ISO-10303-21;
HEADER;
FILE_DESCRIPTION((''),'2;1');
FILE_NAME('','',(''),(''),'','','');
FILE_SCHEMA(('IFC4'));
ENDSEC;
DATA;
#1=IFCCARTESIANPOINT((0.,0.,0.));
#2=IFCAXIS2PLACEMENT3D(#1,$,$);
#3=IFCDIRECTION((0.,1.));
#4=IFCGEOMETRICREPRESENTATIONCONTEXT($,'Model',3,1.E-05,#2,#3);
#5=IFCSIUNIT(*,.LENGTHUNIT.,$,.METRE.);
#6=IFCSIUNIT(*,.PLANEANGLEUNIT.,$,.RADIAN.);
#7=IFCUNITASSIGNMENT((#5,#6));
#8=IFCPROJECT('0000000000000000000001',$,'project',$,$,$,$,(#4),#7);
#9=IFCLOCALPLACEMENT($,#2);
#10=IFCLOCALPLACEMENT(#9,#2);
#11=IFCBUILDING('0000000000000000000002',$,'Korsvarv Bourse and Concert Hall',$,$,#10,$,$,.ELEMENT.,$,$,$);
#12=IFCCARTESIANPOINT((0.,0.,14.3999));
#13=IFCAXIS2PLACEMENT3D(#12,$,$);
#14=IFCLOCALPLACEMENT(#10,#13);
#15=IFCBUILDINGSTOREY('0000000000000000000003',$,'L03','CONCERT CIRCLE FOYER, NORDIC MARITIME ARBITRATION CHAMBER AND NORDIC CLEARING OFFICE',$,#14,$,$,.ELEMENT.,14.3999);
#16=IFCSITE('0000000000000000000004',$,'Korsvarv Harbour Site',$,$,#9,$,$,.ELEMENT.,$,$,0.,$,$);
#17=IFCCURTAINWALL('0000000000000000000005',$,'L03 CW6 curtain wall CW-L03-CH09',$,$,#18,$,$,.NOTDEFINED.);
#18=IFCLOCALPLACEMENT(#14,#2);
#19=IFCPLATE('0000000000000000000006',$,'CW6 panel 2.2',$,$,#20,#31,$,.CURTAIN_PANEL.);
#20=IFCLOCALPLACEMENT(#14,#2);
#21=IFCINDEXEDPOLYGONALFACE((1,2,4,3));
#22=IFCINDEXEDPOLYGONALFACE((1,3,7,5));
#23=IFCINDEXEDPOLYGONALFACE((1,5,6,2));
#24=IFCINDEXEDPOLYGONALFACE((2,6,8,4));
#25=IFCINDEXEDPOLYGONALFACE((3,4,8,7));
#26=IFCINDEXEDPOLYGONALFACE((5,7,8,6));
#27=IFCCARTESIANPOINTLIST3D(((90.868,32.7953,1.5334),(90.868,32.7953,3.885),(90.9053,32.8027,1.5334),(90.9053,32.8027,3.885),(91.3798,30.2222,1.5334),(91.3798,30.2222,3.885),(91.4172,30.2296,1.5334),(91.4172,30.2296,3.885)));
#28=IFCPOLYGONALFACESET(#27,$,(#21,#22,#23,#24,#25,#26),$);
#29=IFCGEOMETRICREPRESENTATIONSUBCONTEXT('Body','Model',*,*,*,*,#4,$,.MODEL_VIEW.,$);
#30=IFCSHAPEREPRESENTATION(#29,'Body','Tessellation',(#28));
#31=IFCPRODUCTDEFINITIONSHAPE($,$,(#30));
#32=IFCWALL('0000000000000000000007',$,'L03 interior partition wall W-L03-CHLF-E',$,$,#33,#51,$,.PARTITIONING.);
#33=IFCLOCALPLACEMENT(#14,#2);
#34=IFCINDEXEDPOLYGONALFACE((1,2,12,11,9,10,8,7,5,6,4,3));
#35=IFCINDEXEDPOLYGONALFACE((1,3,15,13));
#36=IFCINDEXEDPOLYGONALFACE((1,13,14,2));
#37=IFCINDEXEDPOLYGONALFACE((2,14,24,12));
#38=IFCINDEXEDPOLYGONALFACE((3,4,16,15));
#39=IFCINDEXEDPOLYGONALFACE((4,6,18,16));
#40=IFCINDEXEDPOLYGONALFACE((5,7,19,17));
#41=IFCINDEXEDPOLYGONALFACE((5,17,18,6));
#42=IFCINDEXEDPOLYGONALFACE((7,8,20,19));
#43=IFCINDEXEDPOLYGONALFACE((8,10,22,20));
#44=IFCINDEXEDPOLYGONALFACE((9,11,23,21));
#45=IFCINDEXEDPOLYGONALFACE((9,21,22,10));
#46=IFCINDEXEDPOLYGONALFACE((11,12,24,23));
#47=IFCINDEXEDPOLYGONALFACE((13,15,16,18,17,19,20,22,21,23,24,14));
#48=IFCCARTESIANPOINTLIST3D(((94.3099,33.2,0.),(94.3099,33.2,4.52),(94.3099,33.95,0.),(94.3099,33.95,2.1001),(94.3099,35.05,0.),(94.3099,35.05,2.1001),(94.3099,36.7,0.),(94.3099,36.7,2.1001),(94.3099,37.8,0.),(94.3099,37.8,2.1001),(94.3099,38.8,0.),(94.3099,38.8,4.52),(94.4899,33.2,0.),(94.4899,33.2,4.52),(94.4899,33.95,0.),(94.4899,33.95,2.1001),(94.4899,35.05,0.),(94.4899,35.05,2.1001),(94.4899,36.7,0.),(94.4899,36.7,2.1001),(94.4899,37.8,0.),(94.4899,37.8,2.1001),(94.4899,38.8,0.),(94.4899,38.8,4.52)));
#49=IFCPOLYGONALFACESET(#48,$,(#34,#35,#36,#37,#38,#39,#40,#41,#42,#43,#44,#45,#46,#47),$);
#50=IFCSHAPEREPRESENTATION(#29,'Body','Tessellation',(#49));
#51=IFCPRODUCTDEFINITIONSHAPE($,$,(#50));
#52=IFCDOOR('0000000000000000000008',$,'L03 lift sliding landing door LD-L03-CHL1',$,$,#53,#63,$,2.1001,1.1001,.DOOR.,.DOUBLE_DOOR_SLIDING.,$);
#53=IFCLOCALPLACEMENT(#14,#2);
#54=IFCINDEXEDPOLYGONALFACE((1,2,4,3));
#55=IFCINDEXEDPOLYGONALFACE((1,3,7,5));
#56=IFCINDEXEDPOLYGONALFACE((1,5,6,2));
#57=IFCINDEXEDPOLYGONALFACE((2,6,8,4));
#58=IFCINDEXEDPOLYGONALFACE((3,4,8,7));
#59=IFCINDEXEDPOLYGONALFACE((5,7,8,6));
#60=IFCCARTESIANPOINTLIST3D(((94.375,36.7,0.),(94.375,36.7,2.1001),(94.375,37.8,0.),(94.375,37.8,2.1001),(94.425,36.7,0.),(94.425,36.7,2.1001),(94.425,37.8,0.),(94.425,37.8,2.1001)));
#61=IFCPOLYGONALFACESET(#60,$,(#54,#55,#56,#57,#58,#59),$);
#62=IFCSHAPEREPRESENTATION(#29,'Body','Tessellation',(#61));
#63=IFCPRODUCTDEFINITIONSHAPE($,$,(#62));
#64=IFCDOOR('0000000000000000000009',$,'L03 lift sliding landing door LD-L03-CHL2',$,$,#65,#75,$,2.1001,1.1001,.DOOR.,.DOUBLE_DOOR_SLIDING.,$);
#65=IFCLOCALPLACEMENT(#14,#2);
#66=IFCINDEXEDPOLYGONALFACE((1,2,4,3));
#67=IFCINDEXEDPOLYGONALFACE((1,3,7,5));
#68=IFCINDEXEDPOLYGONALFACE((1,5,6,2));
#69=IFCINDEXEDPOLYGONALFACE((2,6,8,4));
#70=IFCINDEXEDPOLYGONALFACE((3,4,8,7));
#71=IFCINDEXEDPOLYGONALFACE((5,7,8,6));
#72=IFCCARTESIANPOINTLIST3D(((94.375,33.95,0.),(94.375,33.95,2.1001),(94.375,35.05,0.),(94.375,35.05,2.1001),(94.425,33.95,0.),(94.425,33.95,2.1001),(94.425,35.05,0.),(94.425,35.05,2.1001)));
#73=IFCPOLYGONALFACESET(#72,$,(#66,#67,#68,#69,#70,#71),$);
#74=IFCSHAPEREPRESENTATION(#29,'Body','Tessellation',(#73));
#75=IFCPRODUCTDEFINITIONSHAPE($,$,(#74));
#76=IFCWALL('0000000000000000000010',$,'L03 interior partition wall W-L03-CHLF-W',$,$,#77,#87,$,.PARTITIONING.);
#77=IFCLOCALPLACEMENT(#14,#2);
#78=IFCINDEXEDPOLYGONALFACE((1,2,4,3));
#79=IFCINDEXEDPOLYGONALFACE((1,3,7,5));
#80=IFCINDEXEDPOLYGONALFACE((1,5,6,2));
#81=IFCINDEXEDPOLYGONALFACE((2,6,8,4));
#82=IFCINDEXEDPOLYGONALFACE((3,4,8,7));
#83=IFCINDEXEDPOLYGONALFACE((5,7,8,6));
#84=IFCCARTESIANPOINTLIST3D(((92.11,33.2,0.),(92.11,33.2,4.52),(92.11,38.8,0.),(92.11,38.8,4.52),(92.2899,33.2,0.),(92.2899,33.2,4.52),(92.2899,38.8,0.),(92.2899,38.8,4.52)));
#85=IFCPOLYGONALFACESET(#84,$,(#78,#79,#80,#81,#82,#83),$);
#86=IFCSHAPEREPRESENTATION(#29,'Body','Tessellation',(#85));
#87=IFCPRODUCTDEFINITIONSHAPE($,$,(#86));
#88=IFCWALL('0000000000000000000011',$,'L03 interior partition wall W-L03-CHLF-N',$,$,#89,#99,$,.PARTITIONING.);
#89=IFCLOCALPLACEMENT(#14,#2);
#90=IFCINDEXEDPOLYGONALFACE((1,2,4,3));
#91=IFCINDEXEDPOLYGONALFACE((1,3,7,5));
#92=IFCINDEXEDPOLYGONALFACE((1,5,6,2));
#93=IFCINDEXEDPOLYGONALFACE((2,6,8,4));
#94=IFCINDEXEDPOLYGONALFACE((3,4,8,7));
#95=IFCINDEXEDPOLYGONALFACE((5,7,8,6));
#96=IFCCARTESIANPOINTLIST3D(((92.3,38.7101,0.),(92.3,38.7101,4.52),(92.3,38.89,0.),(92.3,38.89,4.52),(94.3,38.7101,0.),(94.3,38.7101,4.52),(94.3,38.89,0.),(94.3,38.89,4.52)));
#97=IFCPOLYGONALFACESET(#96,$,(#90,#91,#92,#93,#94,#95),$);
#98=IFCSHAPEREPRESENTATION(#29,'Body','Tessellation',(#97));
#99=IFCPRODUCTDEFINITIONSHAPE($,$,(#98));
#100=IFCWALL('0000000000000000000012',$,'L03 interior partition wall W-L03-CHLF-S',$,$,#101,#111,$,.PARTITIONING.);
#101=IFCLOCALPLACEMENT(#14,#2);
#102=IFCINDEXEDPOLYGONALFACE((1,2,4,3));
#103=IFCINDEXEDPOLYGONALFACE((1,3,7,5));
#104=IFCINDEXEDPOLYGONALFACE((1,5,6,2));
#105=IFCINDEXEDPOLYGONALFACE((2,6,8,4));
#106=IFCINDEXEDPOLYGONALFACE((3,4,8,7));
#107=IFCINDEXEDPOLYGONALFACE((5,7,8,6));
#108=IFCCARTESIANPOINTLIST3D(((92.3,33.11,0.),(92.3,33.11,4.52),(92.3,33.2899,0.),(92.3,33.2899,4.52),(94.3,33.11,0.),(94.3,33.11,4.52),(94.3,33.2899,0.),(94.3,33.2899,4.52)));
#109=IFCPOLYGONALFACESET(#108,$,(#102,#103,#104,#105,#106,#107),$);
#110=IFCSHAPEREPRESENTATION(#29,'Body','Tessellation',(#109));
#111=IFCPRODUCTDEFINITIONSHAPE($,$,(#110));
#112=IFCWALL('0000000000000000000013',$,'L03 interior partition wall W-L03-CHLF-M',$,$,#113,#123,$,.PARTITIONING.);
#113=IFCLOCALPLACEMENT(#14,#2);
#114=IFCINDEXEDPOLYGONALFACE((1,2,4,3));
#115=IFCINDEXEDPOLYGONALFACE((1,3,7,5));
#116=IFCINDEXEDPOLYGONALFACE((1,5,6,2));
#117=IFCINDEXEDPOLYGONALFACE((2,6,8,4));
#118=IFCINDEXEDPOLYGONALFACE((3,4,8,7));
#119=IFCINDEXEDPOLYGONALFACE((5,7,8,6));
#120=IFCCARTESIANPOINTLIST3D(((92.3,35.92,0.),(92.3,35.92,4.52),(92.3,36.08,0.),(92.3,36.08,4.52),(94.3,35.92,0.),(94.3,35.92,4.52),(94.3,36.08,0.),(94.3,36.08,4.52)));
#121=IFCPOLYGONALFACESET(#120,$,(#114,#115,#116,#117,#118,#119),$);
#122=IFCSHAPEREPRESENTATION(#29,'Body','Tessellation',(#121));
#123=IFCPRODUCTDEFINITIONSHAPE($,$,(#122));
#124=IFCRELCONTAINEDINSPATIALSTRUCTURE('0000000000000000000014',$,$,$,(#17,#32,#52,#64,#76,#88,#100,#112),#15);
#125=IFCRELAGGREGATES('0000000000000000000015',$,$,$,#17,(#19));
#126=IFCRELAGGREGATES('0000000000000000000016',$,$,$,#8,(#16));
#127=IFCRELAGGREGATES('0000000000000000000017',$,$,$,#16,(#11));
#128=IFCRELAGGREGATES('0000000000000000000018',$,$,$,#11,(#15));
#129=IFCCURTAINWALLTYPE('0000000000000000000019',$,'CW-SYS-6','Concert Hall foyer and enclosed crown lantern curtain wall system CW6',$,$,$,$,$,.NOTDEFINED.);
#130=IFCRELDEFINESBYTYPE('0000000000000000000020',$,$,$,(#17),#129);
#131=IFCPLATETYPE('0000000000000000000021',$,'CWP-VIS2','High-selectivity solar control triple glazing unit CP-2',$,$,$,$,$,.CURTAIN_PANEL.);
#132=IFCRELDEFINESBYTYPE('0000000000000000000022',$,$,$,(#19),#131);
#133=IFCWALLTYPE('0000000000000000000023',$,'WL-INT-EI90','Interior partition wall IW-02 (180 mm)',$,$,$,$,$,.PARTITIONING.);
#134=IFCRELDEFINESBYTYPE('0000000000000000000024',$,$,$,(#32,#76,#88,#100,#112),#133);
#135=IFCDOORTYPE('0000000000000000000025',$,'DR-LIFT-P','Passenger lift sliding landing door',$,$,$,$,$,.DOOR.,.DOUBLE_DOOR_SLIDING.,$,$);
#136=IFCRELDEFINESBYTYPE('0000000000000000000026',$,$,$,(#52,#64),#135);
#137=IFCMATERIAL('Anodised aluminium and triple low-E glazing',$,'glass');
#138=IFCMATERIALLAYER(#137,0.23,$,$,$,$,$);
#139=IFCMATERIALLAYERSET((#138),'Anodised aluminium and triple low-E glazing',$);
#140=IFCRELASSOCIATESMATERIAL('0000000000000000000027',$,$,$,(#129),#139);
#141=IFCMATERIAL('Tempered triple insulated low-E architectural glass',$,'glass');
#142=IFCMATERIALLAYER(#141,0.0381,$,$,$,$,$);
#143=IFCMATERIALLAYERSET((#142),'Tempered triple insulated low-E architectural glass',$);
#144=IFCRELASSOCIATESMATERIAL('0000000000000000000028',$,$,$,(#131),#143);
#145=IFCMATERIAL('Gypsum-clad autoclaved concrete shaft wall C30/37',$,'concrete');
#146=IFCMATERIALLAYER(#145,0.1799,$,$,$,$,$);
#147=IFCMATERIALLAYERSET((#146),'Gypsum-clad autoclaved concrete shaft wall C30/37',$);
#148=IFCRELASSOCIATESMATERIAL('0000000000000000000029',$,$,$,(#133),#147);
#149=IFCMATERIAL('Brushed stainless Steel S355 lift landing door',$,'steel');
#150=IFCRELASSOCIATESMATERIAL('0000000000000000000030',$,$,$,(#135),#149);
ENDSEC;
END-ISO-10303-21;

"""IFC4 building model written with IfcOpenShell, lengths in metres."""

from ifc_helpers import new_model, si_unit, direction, frame, frame_2d, origin, origin_2d, place, context, subcontext, project, spatial, rectangle, extrude, source, transform, mapped, material, layer, layer_set, type_object, element, fill, aggregate, save


model = new_model("IFC4")

# Units and contexts
model_context = context("Model", 3, precision=1e-05, world=origin(), true_north=direction((0.0, 1.0)))
body_context = subcontext(model_context, "Body", "Model", "MODEL_VIEW")
ifc_project = project(units=[si_unit("LENGTHUNIT", "METRE"), si_unit("PLANEANGLEUNIT", "RADIAN")], contexts=[model_context])

# Site, building, storey
site_placement = place(None, origin())
site = spatial("IfcSite", under=ifc_project, at=site_placement, Name="Korsvarv Harbour Site", CompositionType="ELEMENT", RefElevation=0.0)
building_placement = place(site_placement, origin())
building = spatial("IfcBuilding", under=site, at=building_placement, Name="Korsvarv Bourse and Concert Hall", CompositionType="ELEMENT")
storey_placement = place(building_placement, frame((0.0, 0.0, 14.3999)))
storey = spatial("IfcBuildingStorey", under=building, at=storey_placement, Name="L03", Description="CONCERT CIRCLE FOYER, NORDIC MARITIME ARBITRATION CHAMBER AND NORDIC CLEARING OFFICE", CompositionType="ELEMENT", Elevation=14.3999)

# Curtain wall
ifc_material_1 = material(Name="Anodised aluminium and triple low-E glazing", Category="glass")
ifc_layer_1 = layer(ifc_material_1, 0.23)
ifc_layer_set_1 = layer_set([ifc_layer_1], Name="Anodised aluminium and triple low-E glazing")
curtain_wall_type = type_object("IfcCurtainWallType", Name="CW-SYS-6", Description="Concert Hall foyer and enclosed crown lantern curtain wall system CW6", PredefinedType="NOTDEFINED", material=ifc_layer_set_1)
curtain_wall_1_placement = place(storey_placement, origin())
curtain_wall_1 = element("IfcCurtainWall", 1, at=curtain_wall_1_placement, inside=storey, type_object=curtain_wall_type, Name="L03 CW6 curtain wall CW-L03-CH09", PredefinedType="NOTDEFINED")

# Plate
ifc_material_2 = material(Name="Tempered triple insulated low-E architectural glass", Category="glass")
ifc_layer_2 = layer(ifc_material_2, 0.0381)
ifc_layer_set_2 = layer_set([ifc_layer_2], Name="Tempered triple insulated low-E architectural glass")
plate_type = type_object("IfcPlateType", Name="CWP-VIS2", Description="High-selectivity solar control triple glazing unit CP-2", PredefinedType="CURTAIN_PANEL", material=ifc_layer_set_2)
shared_shape_1 = source(origin(), body_context, "Body", "SweptSolid", [
    extrude(rectangle(XDim=2.6235, YDim=0.0381, at=origin_2d()), origin(), (0.0, 0.0, 1.0), 2.3516),
])
plate_1_placement = place(storey_placement, frame((91.1426, 31.5125, 1.5334), z_axis=(0.0, 0.0, 1.0), x_axis=(0.195087, -0.980786, 0.0)))
plate_1 = element("IfcPlate", 2, at=plate_1_placement, type_object=plate_type, Name="CW6 panel 2.2", PredefinedType="CURTAIN_PANEL", context=body_context, shape_type="MappedRepresentation", body=[
    mapped(shared_shape_1, transform((0.0, 0.0, 0.0), scale=1.0)),
])
aggregate(curtain_wall_1, [plate_1])

# Wall, openings, doors
ifc_material_3 = material(Name="Gypsum-clad autoclaved concrete shaft wall C30/37", Category="concrete")
ifc_layer_3 = layer(ifc_material_3, 0.1799)
ifc_layer_set_3 = layer_set([ifc_layer_3], Name="Gypsum-clad autoclaved concrete shaft wall C30/37")
wall_type = type_object("IfcWallType", Name="WL-INT-EI90", Description="Interior partition wall IW-02 (180 mm)", PredefinedType="PARTITIONING", material=ifc_layer_set_3)
wall_1_placement = place(storey_placement, frame((94.3999, 33.2, 0.0), z_axis=(0.0, 0.0, 1.0), x_axis=(0.0, 1.0, 0.0)))
wall_1 = element("IfcWall", 3, at=wall_1_placement, inside=storey, type_object=wall_type, Name="L03 interior partition wall W-L03-CHLF-E", PredefinedType="PARTITIONING", context=body_context, shape_type="SweptSolid", body=[
    extrude(rectangle(XDim=5.6001, YDim=0.1799, at=frame_2d((2.8, 0.0))), origin(), (0.0, 0.0, 1.0), 4.52),
])
opening_1_placement = place(wall_1_placement, frame((3.5, 0.0, 0.0)))
opening_1 = element("IfcOpeningElement", 4, at=opening_1_placement, cuts=wall_1, PredefinedType="OPENING", context=body_context, shape_type="SweptSolid", body=[
    extrude(rectangle(XDim=1.1001, YDim=2.1001, at=frame_2d((0.55, 1.05))), frame((0.0, 0.1001, 0.0), z_axis=(0.0, -1.0, 0.0), x_axis=(1.0, 0.0, 0.0)), (0.0, 0.0, 1.0), 0.2),
])
opening_2_placement = place(wall_1_placement, frame((0.75, 0.0, 0.0)))
opening_2 = element("IfcOpeningElement", 5, at=opening_2_placement, cuts=wall_1, PredefinedType="OPENING", context=body_context, shape_type="SweptSolid", body=[
    extrude(rectangle(XDim=1.1001, YDim=2.1001, at=frame_2d((0.55, 1.05))), frame((0.0, 0.1001, 0.0), z_axis=(0.0, -1.0, 0.0), x_axis=(1.0, 0.0, 0.0)), (0.0, 0.0, 1.0), 0.2),
])
ifc_material_4 = material(Name="Brushed stainless Steel S355 lift landing door", Category="steel")
door_type = type_object("IfcDoorType", Name="DR-LIFT-P", Description="Passenger lift sliding landing door", OperationType="DOUBLE_DOOR_SLIDING", PredefinedType="DOOR", material=ifc_material_4)
door_1_placement = place(opening_1_placement, origin())
door_1 = element("IfcDoor", 6, at=door_1_placement, inside=storey, type_object=door_type, Name="L03 lift sliding landing door LD-L03-CHL1", OperationType="DOUBLE_DOOR_SLIDING", OverallHeight=2.1001, OverallWidth=1.1001, PredefinedType="DOOR", context=body_context, shape_type="SweptSolid", body=[
    extrude(rectangle(XDim=1.1001, YDim=2.1001, at=frame_2d((0.55, 1.05))), frame((0.0, 0.0249, 0.0), z_axis=(0.0, -1.0, 0.0), x_axis=(1.0, 0.0, 0.0)), (0.0, 0.0, 1.0), 0.05),
])
fill(opening_1, door_1)
door_2_placement = place(opening_2_placement, origin())
door_2 = element("IfcDoor", 7, at=door_2_placement, inside=storey, type_object=door_type, Name="L03 lift sliding landing door LD-L03-CHL2", OperationType="DOUBLE_DOOR_SLIDING", OverallHeight=2.1001, OverallWidth=1.1001, PredefinedType="DOOR", context=body_context, shape_type="SweptSolid", body=[
    extrude(rectangle(XDim=1.1001, YDim=2.1001, at=frame_2d((0.55, 1.05))), frame((0.0, 0.0249, 0.0), z_axis=(0.0, -1.0, 0.0), x_axis=(1.0, 0.0, 0.0)), (0.0, 0.0, 1.0), 0.05),
])
fill(opening_2, door_2)

# Walls
wall_2_placement = place(storey_placement, frame((92.2, 33.2, 0.0), z_axis=(0.0, 0.0, 1.0), x_axis=(0.0, 1.0, 0.0)))
element("IfcWall", 8, at=wall_2_placement, inside=storey, type_object=wall_type, Name="L03 interior partition wall W-L03-CHLF-W", PredefinedType="PARTITIONING", context=body_context, shape_type="SweptSolid", body=[
    extrude(rectangle(XDim=5.6001, YDim=0.1799, at=frame_2d((2.8, 0.0))), origin(), (0.0, 0.0, 1.0), 4.52),
])
for number, where, z_axis, x_axis, name in (
    (9, (92.3, 38.8, 0.0), (0.0, 0.0, 1.0), (1.0, 0.0, 0.0), "L03 interior partition wall W-L03-CHLF-N"),
    (10, (92.3, 33.2, 0.0), (0.0, 0.0, 1.0), (1.0, 0.0, 0.0), "L03 interior partition wall W-L03-CHLF-S"),
):
    element("IfcWall", number, at=place(storey_placement, frame(where, z_axis=z_axis, x_axis=x_axis)), inside=storey, type_object=wall_type, Name=name, PredefinedType="PARTITIONING", context=body_context, shape_type="SweptSolid", body=[
        extrude(rectangle(XDim=2.0, YDim=0.1799, at=frame_2d((1.0, 0.0))), origin(), (0.0, 0.0, 1.0), 4.52),
    ])
wall_3_placement = place(storey_placement, frame((92.3, 36.0, 0.0), z_axis=(0.0, 0.0, 1.0), x_axis=(1.0, 0.0, 0.0)))
element("IfcWall", 11, at=wall_3_placement, inside=storey, type_object=wall_type, Name="L03 interior partition wall W-L03-CHLF-M", PredefinedType="PARTITIONING", context=body_context, shape_type="SweptSolid", body=[
    extrude(rectangle(XDim=2.0, YDim=0.1599, at=frame_2d((1.0, 0.0))), origin(), (0.0, 0.0, 1.0), 4.52),
])

save(model, "model.ifc")
